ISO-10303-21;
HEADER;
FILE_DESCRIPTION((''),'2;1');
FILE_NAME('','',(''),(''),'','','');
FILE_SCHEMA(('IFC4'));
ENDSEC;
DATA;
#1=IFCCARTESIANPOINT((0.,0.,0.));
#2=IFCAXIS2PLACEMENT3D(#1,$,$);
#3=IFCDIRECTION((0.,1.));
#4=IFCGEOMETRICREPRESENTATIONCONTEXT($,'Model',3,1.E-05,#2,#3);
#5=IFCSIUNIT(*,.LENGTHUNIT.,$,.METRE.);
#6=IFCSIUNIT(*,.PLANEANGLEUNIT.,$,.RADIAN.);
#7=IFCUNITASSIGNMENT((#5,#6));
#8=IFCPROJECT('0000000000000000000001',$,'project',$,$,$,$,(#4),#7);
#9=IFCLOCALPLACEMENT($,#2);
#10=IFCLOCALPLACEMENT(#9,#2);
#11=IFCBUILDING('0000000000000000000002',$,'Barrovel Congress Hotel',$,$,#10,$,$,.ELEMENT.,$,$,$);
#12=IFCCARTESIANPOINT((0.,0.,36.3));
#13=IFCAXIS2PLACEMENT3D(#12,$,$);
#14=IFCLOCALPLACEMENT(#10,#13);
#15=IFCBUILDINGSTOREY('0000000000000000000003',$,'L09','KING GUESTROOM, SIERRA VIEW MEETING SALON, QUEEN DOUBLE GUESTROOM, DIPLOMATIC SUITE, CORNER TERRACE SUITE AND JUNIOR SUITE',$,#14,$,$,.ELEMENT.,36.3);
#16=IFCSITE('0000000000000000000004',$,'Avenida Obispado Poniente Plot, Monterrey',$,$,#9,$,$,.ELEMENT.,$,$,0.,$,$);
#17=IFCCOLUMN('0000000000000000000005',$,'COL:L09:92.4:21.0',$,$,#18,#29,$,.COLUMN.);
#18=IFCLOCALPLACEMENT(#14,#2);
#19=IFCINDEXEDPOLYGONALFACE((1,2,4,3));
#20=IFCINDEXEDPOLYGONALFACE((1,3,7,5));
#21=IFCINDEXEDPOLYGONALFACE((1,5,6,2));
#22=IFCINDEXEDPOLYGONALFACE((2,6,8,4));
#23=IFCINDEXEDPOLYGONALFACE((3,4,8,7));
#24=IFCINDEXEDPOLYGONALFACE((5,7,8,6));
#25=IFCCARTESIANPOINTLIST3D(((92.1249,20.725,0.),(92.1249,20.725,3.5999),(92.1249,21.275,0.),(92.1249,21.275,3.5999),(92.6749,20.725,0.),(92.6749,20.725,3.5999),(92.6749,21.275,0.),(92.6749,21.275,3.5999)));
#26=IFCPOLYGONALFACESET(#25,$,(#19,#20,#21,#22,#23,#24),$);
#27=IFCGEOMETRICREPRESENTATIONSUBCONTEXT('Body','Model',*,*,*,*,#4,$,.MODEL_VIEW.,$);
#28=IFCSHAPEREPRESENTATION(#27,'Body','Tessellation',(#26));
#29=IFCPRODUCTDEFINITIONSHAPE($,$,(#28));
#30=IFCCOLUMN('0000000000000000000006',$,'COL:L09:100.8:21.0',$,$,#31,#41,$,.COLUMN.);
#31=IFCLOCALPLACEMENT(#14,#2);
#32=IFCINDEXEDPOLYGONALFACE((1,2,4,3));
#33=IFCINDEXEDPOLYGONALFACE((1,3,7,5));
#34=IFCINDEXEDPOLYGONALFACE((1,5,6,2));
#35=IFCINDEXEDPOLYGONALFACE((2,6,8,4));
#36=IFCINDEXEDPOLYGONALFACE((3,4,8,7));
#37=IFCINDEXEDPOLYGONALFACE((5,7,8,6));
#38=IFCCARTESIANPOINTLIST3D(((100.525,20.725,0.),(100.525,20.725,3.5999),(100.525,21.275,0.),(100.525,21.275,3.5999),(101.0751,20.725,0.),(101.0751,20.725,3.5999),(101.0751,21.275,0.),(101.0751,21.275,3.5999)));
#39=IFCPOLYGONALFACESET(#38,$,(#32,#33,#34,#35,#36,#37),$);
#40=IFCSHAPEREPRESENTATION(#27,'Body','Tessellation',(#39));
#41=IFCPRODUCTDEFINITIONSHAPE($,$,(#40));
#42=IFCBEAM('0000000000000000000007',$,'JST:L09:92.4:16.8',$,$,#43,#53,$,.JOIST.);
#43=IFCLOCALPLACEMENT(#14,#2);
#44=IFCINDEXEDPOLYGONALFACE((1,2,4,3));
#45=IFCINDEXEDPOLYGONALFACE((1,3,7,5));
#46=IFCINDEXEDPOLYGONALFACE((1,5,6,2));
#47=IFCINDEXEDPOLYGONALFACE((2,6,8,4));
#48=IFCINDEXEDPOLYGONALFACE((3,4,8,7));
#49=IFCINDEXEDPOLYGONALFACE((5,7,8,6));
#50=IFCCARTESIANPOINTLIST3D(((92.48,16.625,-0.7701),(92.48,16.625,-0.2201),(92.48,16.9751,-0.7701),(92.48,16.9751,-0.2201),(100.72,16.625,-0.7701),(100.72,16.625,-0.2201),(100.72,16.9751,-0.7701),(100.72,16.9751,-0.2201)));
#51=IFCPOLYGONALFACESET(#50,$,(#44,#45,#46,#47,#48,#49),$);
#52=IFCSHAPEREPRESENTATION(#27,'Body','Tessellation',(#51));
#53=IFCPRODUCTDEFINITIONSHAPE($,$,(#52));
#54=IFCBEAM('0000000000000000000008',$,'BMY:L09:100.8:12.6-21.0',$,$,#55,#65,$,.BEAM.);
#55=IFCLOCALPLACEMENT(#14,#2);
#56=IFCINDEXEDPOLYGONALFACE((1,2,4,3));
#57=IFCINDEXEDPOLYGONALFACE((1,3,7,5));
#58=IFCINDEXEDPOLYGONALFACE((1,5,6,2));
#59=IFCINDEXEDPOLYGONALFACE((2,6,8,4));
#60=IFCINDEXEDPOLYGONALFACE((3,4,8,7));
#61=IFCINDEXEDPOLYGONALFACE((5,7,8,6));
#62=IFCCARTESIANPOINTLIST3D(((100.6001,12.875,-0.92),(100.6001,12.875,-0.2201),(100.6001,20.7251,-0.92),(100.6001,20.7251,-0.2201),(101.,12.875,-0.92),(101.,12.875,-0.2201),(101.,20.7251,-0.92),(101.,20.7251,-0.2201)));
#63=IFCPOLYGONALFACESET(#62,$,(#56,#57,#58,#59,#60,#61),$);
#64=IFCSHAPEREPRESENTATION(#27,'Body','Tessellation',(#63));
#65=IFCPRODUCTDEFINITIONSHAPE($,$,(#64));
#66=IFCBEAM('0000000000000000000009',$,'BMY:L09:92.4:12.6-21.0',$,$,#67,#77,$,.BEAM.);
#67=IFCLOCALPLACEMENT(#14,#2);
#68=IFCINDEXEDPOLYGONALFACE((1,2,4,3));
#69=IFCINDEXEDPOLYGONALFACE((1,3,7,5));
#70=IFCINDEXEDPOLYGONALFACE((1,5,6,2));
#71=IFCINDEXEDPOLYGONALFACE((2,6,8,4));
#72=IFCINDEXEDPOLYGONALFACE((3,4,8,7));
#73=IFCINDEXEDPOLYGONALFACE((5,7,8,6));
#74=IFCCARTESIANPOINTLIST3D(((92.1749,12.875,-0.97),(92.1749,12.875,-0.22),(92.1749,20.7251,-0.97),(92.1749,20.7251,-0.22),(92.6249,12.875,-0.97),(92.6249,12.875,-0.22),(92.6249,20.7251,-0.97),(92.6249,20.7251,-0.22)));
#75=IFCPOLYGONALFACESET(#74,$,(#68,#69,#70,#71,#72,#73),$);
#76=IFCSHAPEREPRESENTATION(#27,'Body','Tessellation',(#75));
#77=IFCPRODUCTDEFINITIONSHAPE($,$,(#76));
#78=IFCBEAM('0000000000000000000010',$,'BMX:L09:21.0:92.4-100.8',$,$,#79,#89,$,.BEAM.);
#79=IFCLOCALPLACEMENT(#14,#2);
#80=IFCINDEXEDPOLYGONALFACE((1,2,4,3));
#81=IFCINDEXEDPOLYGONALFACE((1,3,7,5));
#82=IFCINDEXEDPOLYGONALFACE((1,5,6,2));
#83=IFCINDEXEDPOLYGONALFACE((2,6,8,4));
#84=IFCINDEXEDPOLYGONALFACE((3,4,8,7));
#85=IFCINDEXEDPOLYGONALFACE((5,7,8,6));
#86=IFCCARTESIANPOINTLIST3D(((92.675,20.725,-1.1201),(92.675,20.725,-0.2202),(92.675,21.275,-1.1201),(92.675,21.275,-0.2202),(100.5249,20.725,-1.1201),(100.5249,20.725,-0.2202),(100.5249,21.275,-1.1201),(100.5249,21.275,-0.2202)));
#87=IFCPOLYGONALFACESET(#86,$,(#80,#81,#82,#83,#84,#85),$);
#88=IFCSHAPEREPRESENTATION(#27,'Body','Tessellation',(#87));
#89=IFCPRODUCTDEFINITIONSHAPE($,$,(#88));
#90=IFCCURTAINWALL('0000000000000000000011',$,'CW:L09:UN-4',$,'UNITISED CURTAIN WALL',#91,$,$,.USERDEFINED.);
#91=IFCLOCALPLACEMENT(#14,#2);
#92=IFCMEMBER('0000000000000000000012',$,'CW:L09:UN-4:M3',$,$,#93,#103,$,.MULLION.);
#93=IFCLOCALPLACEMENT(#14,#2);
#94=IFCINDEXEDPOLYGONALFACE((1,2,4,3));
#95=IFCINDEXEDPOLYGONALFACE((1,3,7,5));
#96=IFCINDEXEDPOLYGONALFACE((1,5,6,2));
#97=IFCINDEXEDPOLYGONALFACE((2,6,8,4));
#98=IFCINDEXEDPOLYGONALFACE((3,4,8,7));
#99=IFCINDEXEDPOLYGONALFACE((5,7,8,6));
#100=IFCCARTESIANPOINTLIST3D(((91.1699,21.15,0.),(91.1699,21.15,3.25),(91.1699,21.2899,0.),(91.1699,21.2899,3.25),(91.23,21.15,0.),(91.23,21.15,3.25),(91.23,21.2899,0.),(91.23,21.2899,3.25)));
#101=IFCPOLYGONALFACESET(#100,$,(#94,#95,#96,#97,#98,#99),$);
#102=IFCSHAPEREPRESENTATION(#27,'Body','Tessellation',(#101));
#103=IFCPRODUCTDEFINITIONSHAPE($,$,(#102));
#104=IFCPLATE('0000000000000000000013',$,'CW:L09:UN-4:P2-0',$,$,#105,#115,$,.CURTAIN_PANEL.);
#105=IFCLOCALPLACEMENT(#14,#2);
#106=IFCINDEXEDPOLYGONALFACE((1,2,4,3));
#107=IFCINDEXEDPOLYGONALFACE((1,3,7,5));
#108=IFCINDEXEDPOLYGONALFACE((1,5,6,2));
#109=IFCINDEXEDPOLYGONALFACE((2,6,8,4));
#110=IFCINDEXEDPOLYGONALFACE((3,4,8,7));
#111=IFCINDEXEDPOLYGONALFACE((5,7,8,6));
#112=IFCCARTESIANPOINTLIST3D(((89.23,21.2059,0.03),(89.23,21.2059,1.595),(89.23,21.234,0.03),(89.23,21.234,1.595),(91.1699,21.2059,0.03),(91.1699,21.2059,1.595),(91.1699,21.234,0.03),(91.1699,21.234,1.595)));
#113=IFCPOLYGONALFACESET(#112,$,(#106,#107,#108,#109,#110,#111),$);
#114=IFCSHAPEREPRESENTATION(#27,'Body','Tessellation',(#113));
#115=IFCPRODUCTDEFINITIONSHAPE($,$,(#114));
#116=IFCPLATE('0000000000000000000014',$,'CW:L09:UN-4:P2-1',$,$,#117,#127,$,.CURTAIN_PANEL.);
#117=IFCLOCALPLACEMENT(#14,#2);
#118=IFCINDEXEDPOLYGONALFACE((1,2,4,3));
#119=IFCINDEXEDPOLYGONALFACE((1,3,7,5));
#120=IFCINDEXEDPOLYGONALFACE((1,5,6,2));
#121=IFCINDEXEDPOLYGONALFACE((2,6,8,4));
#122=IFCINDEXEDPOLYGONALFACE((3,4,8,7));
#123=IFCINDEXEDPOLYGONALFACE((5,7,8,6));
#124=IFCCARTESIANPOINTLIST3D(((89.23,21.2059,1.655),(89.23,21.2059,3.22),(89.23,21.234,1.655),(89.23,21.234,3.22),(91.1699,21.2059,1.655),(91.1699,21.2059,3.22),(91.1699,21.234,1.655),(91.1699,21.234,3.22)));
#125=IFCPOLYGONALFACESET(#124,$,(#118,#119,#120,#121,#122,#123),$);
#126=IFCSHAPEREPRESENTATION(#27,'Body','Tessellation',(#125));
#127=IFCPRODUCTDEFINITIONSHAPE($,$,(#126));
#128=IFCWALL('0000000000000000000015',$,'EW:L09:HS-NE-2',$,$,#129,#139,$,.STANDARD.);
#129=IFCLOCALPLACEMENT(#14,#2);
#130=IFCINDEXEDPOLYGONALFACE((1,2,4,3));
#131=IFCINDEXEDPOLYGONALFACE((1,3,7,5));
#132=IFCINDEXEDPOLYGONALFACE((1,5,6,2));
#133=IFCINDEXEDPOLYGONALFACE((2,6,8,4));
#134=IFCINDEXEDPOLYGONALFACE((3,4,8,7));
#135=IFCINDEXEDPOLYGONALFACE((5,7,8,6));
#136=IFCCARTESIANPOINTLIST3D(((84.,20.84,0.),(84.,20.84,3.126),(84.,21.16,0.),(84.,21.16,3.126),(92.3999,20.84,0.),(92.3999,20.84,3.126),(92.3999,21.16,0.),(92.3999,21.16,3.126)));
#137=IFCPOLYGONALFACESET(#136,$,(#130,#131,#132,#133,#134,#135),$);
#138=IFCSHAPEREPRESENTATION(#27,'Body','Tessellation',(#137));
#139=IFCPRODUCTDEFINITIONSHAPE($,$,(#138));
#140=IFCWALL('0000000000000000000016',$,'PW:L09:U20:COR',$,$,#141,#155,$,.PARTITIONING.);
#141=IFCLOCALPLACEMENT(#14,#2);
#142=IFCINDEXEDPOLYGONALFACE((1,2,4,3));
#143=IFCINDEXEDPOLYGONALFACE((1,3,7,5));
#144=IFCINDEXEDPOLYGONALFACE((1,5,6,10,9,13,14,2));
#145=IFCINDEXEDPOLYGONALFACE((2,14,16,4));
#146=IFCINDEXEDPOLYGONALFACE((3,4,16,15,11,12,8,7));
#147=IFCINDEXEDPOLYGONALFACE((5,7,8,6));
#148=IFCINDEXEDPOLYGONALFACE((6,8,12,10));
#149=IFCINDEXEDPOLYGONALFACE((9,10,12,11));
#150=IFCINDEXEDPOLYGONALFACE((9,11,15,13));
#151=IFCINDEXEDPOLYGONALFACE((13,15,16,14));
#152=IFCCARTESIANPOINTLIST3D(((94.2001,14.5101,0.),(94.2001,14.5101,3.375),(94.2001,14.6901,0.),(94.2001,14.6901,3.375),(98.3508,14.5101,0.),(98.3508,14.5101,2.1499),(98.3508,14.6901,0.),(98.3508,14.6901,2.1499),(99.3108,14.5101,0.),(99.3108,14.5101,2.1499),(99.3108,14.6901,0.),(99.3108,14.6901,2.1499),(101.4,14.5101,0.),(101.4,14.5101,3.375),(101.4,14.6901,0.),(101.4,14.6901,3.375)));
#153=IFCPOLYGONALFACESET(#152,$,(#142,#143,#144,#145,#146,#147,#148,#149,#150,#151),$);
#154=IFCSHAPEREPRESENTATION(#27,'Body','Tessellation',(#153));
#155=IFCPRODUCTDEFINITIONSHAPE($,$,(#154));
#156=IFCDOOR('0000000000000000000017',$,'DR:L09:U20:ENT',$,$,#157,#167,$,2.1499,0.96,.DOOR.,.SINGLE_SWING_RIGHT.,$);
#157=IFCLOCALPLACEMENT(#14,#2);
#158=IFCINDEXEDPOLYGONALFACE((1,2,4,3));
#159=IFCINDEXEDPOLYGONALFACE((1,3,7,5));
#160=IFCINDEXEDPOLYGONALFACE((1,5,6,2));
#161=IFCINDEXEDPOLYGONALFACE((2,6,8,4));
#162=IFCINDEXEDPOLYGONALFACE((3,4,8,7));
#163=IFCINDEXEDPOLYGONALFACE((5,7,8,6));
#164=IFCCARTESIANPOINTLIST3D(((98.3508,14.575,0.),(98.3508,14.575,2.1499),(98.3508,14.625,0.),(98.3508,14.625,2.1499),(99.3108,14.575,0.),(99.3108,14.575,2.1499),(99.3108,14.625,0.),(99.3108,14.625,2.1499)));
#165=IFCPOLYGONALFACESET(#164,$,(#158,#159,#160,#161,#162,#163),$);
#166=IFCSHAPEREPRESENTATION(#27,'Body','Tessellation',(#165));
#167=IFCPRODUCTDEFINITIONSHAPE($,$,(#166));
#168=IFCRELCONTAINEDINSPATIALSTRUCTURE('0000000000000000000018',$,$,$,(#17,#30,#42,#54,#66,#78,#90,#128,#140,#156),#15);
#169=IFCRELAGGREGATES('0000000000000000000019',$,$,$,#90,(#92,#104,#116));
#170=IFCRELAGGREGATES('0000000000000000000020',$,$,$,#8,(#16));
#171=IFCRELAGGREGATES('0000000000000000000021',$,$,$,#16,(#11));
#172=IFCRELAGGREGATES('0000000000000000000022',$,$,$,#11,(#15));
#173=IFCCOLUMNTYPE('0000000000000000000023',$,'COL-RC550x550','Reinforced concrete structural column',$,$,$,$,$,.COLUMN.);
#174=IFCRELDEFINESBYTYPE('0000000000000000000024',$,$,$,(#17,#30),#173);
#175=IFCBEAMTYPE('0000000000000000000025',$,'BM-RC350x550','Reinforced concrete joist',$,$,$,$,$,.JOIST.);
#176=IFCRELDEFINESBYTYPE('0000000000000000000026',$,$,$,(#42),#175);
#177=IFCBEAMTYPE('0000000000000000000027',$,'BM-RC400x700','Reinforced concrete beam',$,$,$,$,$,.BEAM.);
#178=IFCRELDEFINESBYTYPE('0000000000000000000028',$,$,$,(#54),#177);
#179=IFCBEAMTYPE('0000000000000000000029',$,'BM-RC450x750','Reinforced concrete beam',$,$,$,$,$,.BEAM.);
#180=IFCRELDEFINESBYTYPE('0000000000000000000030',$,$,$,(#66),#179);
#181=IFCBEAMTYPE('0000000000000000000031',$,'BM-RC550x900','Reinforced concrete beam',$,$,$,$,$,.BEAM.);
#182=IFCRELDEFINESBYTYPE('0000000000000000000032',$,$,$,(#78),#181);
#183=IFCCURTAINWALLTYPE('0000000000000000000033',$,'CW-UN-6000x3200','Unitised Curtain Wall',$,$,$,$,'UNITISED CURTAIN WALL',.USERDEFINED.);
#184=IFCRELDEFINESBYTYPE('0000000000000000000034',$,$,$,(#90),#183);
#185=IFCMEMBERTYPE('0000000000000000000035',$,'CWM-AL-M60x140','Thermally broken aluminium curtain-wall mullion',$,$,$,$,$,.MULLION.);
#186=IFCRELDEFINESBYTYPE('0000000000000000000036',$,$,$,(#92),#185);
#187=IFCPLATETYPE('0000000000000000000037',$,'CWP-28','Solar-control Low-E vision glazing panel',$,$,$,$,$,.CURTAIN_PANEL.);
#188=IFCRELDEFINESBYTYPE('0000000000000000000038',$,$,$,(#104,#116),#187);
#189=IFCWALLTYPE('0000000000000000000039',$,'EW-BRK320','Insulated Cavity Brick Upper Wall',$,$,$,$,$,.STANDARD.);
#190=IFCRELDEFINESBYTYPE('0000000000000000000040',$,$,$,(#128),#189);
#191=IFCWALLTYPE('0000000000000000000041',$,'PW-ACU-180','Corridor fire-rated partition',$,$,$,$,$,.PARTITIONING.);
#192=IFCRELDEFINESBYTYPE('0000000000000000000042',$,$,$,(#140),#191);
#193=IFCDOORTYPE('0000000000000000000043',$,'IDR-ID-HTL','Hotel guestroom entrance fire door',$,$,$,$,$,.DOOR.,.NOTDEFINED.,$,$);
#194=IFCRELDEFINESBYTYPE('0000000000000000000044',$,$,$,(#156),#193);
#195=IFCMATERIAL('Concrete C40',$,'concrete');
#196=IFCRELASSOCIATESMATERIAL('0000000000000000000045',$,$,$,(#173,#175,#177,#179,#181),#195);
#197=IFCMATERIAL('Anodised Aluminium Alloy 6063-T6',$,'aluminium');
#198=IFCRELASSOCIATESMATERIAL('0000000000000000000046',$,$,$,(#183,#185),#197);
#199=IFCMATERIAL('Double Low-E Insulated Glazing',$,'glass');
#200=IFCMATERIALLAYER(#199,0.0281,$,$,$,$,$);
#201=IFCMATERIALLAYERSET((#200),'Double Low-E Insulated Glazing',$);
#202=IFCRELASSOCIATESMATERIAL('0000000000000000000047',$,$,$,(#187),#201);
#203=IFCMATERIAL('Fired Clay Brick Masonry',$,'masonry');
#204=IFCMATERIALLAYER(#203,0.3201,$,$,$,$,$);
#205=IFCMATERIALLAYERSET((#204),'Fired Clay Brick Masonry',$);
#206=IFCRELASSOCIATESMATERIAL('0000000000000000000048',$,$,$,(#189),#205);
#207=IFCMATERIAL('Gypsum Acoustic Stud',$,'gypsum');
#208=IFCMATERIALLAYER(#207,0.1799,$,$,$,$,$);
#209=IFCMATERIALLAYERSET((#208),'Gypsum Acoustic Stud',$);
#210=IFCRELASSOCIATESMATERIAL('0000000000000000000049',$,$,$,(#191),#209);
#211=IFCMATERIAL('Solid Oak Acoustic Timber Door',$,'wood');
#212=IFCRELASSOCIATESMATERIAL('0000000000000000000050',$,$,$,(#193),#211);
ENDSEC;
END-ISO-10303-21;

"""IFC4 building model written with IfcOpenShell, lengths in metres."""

from ifc_helpers import new_model, si_unit, direction, frame, frame_2d, origin, origin_2d, place, context, subcontext, project, spatial, rectangle, extrude, material, layer, layer_set, material_profile, profile_set, type_object, element, fill, aggregate, save


model = new_model("IFC4")

# Units and contexts
model_context = context("Model", 3, precision=1e-05, world=origin(), true_north=direction((0.0, 1.0)))
body_context = subcontext(model_context, "Body", "Model", "MODEL_VIEW")
ifc_project = project(units=[si_unit("LENGTHUNIT", "METRE"), si_unit("PLANEANGLEUNIT", "RADIAN")], contexts=[model_context])

# Site, building, storey
site_placement = place(None, origin())
site = spatial("IfcSite", under=ifc_project, at=site_placement, Name="Avenida Obispado Poniente Plot, Monterrey", CompositionType="ELEMENT", RefElevation=0.0)
building_placement = place(site_placement, origin())
building = spatial("IfcBuilding", under=site, at=building_placement, Name="Barrovel Congress Hotel", CompositionType="ELEMENT")
storey_placement = place(building_placement, frame((0.0, 0.0, 36.3)))
storey = spatial("IfcBuildingStorey", under=building, at=storey_placement, Name="L09", Description="KING GUESTROOM, SIERRA VIEW MEETING SALON, QUEEN DOUBLE GUESTROOM, DIPLOMATIC SUITE, CORNER TERRACE SUITE AND JUNIOR SUITE", CompositionType="ELEMENT", Elevation=36.3)

# Columns
ifc_material_1 = material(Name="Concrete C40", Category="concrete")
ifc_material_profile_1 = material_profile(ifc_material_1, rectangle(XDim=0.55, YDim=0.55, at=origin_2d()), Name="RC550x550")
ifc_profile_set_1 = profile_set([ifc_material_profile_1], Name="Concrete C40")
column_type = type_object("IfcColumnType", Name="COL-RC550x550", Description="Reinforced concrete structural column", PredefinedType="COLUMN", material=ifc_profile_set_1)
for number, where, z_axis, x_axis, name in (
    (1, (92.3999, 21.0, 0.0), (0.0, 0.0, 1.0), (1.0, 0.0, 0.0), "COL:L09:92.4:21.0"),
    (2, (100.8, 21.0, 0.0), (0.0, 0.0, 1.0), (1.0, 0.0, 0.0), "COL:L09:100.8:21.0"),
):
    element("IfcColumn", number, at=place(storey_placement, frame(where, z_axis=z_axis, x_axis=x_axis)), inside=storey, type_object=column_type, Name=name, PredefinedType="COLUMN", context=body_context, shape_type="SweptSolid", body=[
        extrude(rectangle(XDim=0.55, YDim=0.55, at=origin_2d()), origin(), (0.0, 0.0, 1.0), 3.5999),
    ])

# Beams
ifc_material_profile_2 = material_profile(ifc_material_1, rectangle(XDim=0.3501, YDim=0.55, at=origin_2d()), Name="RC350x550")
ifc_profile_set_2 = profile_set([ifc_material_profile_2], Name="Concrete C40")
beam_type_1 = type_object("IfcBeamType", Name="BM-RC350x550", Description="Reinforced concrete joist", PredefinedType="JOIST", material=ifc_profile_set_2)
beam_1_placement = place(storey_placement, frame((92.48, 16.8, -0.4951), z_axis=(1.0, 0.0, 0.0), x_axis=(0.0, 1.0, 0.0)))
element("IfcBeam", 3, at=beam_1_placement, inside=storey, type_object=beam_type_1, Name="JST:L09:92.4:16.8", PredefinedType="JOIST", context=body_context, shape_type="SweptSolid", body=[
    extrude(rectangle(XDim=0.3501, YDim=0.55, at=origin_2d()), origin(), (0.0, 0.0, 1.0), 8.24),
])
ifc_material_profile_3 = material_profile(ifc_material_1, rectangle(XDim=0.3999, YDim=0.7, at=origin_2d()), Name="RC400x700")
ifc_profile_set_3 = profile_set([ifc_material_profile_3], Name="Concrete C40")
beam_type_2 = type_object("IfcBeamType", Name="BM-RC400x700", Description="Reinforced concrete beam", PredefinedType="BEAM", material=ifc_profile_set_3)
beam_2_placement = place(storey_placement, frame((100.8, 12.875, -0.5701), z_axis=(0.0, 1.0, 0.0), x_axis=(-1.0, 0.0, 0.0)))
element("IfcBeam", 4, at=beam_2_placement, inside=storey, type_object=beam_type_2, Name="BMY:L09:100.8:12.6-21.0", PredefinedType="BEAM", context=body_context, shape_type="SweptSolid", body=[
    extrude(rectangle(XDim=0.3999, YDim=0.7, at=origin_2d()), origin(), (0.0, 0.0, 1.0), 7.8501),
])
ifc_material_profile_4 = material_profile(ifc_material_1, rectangle(XDim=0.45, YDim=0.75, at=origin_2d()), Name="RC450x750")
ifc_profile_set_4 = profile_set([ifc_material_profile_4], Name="Concrete C40")
beam_type_3 = type_object("IfcBeamType", Name="BM-RC450x750", Description="Reinforced concrete beam", PredefinedType="BEAM", material=ifc_profile_set_4)
beam_3_placement = place(storey_placement, frame((92.3999, 12.875, -0.595), z_axis=(0.0, 1.0, 0.0), x_axis=(-1.0, 0.0, 0.0)))
element("IfcBeam", 5, at=beam_3_placement, inside=storey, type_object=beam_type_3, Name="BMY:L09:92.4:12.6-21.0", PredefinedType="BEAM", context=body_context, shape_type="SweptSolid", body=[
    extrude(rectangle(XDim=0.45, YDim=0.75, at=origin_2d()), origin(), (0.0, 0.0, 1.0), 7.8501),
])
ifc_material_profile_5 = material_profile(ifc_material_1, rectangle(XDim=0.55, YDim=0.8999, at=origin_2d()), Name="RC550x900")
ifc_profile_set_5 = profile_set([ifc_material_profile_5], Name="Concrete C40")
beam_type_4 = type_object("IfcBeamType", Name="BM-RC550x900", Description="Reinforced concrete beam", PredefinedType="BEAM", material=ifc_profile_set_5)
beam_4_placement = place(storey_placement, frame((92.675, 21.0, -0.6702), z_axis=(1.0, 0.0, 0.0), x_axis=(0.0, 1.0, 0.0)))
element("IfcBeam", 6, at=beam_4_placement, inside=storey, type_object=beam_type_4, Name="BMX:L09:21.0:92.4-100.8", PredefinedType="BEAM", context=body_context, shape_type="SweptSolid", body=[
    extrude(rectangle(XDim=0.55, YDim=0.8999, at=origin_2d()), origin(), (0.0, 0.0, 1.0), 7.8499),
])

# Curtain wall, member, plates
ifc_material_2 = material(Name="Anodised Aluminium Alloy 6063-T6", Category="aluminium")
curtain_wall_type = type_object("IfcCurtainWallType", Name="CW-UN-6000x3200", Description="Unitised Curtain Wall", ElementType="UNITISED CURTAIN WALL", PredefinedType="USERDEFINED", material=ifc_material_2)
curtain_wall_placement = place(storey_placement, origin())
curtain_wall = element("IfcCurtainWall", 7, at=curtain_wall_placement, inside=storey, type_object=curtain_wall_type, Name="CW:L09:UN-4", ObjectType="UNITISED CURTAIN WALL", PredefinedType="USERDEFINED")
ifc_material_profile_6 = material_profile(ifc_material_2, rectangle(XDim=0.0601, YDim=0.1399, at=origin_2d()), Name="AL-M60x140")
ifc_profile_set_6 = profile_set([ifc_material_profile_6], Name="Anodised Aluminium Alloy 6063-T6")
member_type = type_object("IfcMemberType", Name="CWM-AL-M60x140", Description="Thermally broken aluminium curtain-wall mullion", PredefinedType="MULLION", material=ifc_profile_set_6)
member_placement = place(storey_placement, frame((91.2, 21.22, 0.0), z_axis=(0.0, 0.0, 1.0), x_axis=(1.0, 0.0, 0.0)))
member = element("IfcMember", 8, at=member_placement, type_object=member_type, Name="CW:L09:UN-4:M3", PredefinedType="MULLION", context=body_context, shape_type="SweptSolid", body=[
    extrude(rectangle(XDim=0.0601, YDim=0.1399, at=origin_2d()), origin(), (0.0, 0.0, 1.0), 3.25),
])
ifc_material_3 = material(Name="Double Low-E Insulated Glazing", Category="glass")
ifc_layer_1 = layer(ifc_material_3, 0.0281)
ifc_layer_set_1 = layer_set([ifc_layer_1], Name="Double Low-E Insulated Glazing")
plate_type = type_object("IfcPlateType", Name="CWP-28", Description="Solar-control Low-E vision glazing panel", PredefinedType="CURTAIN_PANEL", material=ifc_layer_set_1)
plate_1_placement = place(storey_placement, frame((90.2, 21.22, 0.03), z_axis=(0.0, 0.0, 1.0), x_axis=(1.0, 0.0, 0.0)))
plate_1 = element("IfcPlate", 9, at=plate_1_placement, type_object=plate_type, Name="CW:L09:UN-4:P2-0", PredefinedType="CURTAIN_PANEL", context=body_context, shape_type="SweptSolid", body=[
    extrude(rectangle(XDim=1.9399, YDim=0.0281, at=origin_2d()), origin(), (0.0, 0.0, 1.0), 1.5649),
])
plate_2_placement = place(storey_placement, frame((90.2, 21.22, 1.655), z_axis=(0.0, 0.0, 1.0), x_axis=(1.0, 0.0, 0.0)))
plate_2 = element("IfcPlate", 10, at=plate_2_placement, type_object=plate_type, Name="CW:L09:UN-4:P2-1", PredefinedType="CURTAIN_PANEL", context=body_context, shape_type="SweptSolid", body=[
    extrude(rectangle(XDim=1.9399, YDim=0.0281, at=origin_2d()), origin(), (0.0, 0.0, 1.0), 1.5649),
])
aggregate(curtain_wall, [member, plate_1, plate_2])

# Wall
ifc_material_4 = material(Name="Fired Clay Brick Masonry", Category="masonry")
ifc_layer_2 = layer(ifc_material_4, 0.3201)
ifc_layer_set_2 = layer_set([ifc_layer_2], Name="Fired Clay Brick Masonry")
wall_type_1 = type_object("IfcWallType", Name="EW-BRK320", Description="Insulated Cavity Brick Upper Wall", PredefinedType="STANDARD", material=ifc_layer_set_2)
wall_1_placement = place(storey_placement, frame((92.3999, 21.0, 0.0), z_axis=(0.0, 0.0, 1.0), x_axis=(-1.0, 0.0, 0.0)))
element("IfcWall", 11, at=wall_1_placement, inside=storey, type_object=wall_type_1, Name="EW:L09:HS-NE-2", PredefinedType="STANDARD", context=body_context, shape_type="SweptSolid", body=[
    extrude(rectangle(XDim=8.3999, YDim=0.3201, at=frame_2d((4.2, 0.0))), origin(), (0.0, 0.0, 1.0), 3.126),
])

# Wall, opening, door
ifc_material_5 = material(Name="Gypsum Acoustic Stud", Category="gypsum")
ifc_layer_3 = layer(ifc_material_5, 0.1799)
ifc_layer_set_3 = layer_set([ifc_layer_3], Name="Gypsum Acoustic Stud")
wall_type_2 = type_object("IfcWallType", Name="PW-ACU-180", Description="Corridor fire-rated partition", PredefinedType="PARTITIONING", material=ifc_layer_set_3)
wall_2_placement = place(storey_placement, frame((94.2, 14.6001, 0.0), z_axis=(0.0, 0.0, 1.0), x_axis=(1.0, 0.0, 0.0)))
wall_2 = element("IfcWall", 12, at=wall_2_placement, inside=storey, type_object=wall_type_2, Name="PW:L09:U20:COR", PredefinedType="PARTITIONING", context=body_context, shape_type="SweptSolid", body=[
    extrude(rectangle(XDim=7.2, YDim=0.1799, at=frame_2d((3.6001, 0.0))), origin(), (0.0, 0.0, 1.0), 3.375),
])
opening_1_placement = place(wall_2_placement, frame((4.1509, 0.0, 0.0)))
opening_1 = element("IfcOpeningElement", 13, at=opening_1_placement, cuts=wall_2, PredefinedType="OPENING", context=body_context, shape_type="SweptSolid", body=[
    extrude(rectangle(XDim=0.96, YDim=2.1499, at=frame_2d((0.48, 1.075))), frame((0.0, 0.1001, 0.0), z_axis=(0.0, -1.0, 0.0), x_axis=(1.0, 0.0, 0.0)), (0.0, 0.0, 1.0), 0.2),
])
ifc_material_6 = material(Name="Solid Oak Acoustic Timber Door", Category="wood")
door_type_1 = type_object("IfcDoorType", Name="IDR-ID-HTL", Description="Hotel guestroom entrance fire door", OperationType="NOTDEFINED", PredefinedType="DOOR", material=ifc_material_6)
door_1_placement = place(opening_1_placement, origin())
door_1 = element("IfcDoor", 14, at=door_1_placement, inside=storey, type_object=door_type_1, Name="DR:L09:U20:ENT", OperationType="SINGLE_SWING_RIGHT", OverallHeight=2.1499, OverallWidth=0.96, PredefinedType="DOOR", context=body_context, shape_type="SweptSolid", body=[
    extrude(rectangle(XDim=0.96, YDim=2.1499, at=frame_2d((0.48, 1.075))), frame((0.0, 0.0249, 0.0), z_axis=(0.0, -1.0, 0.0), x_axis=(1.0, 0.0, 0.0)), (0.0, 0.0, 1.0), 0.05),
])
fill(opening_1, door_1)

save(model, "model.ifc")
